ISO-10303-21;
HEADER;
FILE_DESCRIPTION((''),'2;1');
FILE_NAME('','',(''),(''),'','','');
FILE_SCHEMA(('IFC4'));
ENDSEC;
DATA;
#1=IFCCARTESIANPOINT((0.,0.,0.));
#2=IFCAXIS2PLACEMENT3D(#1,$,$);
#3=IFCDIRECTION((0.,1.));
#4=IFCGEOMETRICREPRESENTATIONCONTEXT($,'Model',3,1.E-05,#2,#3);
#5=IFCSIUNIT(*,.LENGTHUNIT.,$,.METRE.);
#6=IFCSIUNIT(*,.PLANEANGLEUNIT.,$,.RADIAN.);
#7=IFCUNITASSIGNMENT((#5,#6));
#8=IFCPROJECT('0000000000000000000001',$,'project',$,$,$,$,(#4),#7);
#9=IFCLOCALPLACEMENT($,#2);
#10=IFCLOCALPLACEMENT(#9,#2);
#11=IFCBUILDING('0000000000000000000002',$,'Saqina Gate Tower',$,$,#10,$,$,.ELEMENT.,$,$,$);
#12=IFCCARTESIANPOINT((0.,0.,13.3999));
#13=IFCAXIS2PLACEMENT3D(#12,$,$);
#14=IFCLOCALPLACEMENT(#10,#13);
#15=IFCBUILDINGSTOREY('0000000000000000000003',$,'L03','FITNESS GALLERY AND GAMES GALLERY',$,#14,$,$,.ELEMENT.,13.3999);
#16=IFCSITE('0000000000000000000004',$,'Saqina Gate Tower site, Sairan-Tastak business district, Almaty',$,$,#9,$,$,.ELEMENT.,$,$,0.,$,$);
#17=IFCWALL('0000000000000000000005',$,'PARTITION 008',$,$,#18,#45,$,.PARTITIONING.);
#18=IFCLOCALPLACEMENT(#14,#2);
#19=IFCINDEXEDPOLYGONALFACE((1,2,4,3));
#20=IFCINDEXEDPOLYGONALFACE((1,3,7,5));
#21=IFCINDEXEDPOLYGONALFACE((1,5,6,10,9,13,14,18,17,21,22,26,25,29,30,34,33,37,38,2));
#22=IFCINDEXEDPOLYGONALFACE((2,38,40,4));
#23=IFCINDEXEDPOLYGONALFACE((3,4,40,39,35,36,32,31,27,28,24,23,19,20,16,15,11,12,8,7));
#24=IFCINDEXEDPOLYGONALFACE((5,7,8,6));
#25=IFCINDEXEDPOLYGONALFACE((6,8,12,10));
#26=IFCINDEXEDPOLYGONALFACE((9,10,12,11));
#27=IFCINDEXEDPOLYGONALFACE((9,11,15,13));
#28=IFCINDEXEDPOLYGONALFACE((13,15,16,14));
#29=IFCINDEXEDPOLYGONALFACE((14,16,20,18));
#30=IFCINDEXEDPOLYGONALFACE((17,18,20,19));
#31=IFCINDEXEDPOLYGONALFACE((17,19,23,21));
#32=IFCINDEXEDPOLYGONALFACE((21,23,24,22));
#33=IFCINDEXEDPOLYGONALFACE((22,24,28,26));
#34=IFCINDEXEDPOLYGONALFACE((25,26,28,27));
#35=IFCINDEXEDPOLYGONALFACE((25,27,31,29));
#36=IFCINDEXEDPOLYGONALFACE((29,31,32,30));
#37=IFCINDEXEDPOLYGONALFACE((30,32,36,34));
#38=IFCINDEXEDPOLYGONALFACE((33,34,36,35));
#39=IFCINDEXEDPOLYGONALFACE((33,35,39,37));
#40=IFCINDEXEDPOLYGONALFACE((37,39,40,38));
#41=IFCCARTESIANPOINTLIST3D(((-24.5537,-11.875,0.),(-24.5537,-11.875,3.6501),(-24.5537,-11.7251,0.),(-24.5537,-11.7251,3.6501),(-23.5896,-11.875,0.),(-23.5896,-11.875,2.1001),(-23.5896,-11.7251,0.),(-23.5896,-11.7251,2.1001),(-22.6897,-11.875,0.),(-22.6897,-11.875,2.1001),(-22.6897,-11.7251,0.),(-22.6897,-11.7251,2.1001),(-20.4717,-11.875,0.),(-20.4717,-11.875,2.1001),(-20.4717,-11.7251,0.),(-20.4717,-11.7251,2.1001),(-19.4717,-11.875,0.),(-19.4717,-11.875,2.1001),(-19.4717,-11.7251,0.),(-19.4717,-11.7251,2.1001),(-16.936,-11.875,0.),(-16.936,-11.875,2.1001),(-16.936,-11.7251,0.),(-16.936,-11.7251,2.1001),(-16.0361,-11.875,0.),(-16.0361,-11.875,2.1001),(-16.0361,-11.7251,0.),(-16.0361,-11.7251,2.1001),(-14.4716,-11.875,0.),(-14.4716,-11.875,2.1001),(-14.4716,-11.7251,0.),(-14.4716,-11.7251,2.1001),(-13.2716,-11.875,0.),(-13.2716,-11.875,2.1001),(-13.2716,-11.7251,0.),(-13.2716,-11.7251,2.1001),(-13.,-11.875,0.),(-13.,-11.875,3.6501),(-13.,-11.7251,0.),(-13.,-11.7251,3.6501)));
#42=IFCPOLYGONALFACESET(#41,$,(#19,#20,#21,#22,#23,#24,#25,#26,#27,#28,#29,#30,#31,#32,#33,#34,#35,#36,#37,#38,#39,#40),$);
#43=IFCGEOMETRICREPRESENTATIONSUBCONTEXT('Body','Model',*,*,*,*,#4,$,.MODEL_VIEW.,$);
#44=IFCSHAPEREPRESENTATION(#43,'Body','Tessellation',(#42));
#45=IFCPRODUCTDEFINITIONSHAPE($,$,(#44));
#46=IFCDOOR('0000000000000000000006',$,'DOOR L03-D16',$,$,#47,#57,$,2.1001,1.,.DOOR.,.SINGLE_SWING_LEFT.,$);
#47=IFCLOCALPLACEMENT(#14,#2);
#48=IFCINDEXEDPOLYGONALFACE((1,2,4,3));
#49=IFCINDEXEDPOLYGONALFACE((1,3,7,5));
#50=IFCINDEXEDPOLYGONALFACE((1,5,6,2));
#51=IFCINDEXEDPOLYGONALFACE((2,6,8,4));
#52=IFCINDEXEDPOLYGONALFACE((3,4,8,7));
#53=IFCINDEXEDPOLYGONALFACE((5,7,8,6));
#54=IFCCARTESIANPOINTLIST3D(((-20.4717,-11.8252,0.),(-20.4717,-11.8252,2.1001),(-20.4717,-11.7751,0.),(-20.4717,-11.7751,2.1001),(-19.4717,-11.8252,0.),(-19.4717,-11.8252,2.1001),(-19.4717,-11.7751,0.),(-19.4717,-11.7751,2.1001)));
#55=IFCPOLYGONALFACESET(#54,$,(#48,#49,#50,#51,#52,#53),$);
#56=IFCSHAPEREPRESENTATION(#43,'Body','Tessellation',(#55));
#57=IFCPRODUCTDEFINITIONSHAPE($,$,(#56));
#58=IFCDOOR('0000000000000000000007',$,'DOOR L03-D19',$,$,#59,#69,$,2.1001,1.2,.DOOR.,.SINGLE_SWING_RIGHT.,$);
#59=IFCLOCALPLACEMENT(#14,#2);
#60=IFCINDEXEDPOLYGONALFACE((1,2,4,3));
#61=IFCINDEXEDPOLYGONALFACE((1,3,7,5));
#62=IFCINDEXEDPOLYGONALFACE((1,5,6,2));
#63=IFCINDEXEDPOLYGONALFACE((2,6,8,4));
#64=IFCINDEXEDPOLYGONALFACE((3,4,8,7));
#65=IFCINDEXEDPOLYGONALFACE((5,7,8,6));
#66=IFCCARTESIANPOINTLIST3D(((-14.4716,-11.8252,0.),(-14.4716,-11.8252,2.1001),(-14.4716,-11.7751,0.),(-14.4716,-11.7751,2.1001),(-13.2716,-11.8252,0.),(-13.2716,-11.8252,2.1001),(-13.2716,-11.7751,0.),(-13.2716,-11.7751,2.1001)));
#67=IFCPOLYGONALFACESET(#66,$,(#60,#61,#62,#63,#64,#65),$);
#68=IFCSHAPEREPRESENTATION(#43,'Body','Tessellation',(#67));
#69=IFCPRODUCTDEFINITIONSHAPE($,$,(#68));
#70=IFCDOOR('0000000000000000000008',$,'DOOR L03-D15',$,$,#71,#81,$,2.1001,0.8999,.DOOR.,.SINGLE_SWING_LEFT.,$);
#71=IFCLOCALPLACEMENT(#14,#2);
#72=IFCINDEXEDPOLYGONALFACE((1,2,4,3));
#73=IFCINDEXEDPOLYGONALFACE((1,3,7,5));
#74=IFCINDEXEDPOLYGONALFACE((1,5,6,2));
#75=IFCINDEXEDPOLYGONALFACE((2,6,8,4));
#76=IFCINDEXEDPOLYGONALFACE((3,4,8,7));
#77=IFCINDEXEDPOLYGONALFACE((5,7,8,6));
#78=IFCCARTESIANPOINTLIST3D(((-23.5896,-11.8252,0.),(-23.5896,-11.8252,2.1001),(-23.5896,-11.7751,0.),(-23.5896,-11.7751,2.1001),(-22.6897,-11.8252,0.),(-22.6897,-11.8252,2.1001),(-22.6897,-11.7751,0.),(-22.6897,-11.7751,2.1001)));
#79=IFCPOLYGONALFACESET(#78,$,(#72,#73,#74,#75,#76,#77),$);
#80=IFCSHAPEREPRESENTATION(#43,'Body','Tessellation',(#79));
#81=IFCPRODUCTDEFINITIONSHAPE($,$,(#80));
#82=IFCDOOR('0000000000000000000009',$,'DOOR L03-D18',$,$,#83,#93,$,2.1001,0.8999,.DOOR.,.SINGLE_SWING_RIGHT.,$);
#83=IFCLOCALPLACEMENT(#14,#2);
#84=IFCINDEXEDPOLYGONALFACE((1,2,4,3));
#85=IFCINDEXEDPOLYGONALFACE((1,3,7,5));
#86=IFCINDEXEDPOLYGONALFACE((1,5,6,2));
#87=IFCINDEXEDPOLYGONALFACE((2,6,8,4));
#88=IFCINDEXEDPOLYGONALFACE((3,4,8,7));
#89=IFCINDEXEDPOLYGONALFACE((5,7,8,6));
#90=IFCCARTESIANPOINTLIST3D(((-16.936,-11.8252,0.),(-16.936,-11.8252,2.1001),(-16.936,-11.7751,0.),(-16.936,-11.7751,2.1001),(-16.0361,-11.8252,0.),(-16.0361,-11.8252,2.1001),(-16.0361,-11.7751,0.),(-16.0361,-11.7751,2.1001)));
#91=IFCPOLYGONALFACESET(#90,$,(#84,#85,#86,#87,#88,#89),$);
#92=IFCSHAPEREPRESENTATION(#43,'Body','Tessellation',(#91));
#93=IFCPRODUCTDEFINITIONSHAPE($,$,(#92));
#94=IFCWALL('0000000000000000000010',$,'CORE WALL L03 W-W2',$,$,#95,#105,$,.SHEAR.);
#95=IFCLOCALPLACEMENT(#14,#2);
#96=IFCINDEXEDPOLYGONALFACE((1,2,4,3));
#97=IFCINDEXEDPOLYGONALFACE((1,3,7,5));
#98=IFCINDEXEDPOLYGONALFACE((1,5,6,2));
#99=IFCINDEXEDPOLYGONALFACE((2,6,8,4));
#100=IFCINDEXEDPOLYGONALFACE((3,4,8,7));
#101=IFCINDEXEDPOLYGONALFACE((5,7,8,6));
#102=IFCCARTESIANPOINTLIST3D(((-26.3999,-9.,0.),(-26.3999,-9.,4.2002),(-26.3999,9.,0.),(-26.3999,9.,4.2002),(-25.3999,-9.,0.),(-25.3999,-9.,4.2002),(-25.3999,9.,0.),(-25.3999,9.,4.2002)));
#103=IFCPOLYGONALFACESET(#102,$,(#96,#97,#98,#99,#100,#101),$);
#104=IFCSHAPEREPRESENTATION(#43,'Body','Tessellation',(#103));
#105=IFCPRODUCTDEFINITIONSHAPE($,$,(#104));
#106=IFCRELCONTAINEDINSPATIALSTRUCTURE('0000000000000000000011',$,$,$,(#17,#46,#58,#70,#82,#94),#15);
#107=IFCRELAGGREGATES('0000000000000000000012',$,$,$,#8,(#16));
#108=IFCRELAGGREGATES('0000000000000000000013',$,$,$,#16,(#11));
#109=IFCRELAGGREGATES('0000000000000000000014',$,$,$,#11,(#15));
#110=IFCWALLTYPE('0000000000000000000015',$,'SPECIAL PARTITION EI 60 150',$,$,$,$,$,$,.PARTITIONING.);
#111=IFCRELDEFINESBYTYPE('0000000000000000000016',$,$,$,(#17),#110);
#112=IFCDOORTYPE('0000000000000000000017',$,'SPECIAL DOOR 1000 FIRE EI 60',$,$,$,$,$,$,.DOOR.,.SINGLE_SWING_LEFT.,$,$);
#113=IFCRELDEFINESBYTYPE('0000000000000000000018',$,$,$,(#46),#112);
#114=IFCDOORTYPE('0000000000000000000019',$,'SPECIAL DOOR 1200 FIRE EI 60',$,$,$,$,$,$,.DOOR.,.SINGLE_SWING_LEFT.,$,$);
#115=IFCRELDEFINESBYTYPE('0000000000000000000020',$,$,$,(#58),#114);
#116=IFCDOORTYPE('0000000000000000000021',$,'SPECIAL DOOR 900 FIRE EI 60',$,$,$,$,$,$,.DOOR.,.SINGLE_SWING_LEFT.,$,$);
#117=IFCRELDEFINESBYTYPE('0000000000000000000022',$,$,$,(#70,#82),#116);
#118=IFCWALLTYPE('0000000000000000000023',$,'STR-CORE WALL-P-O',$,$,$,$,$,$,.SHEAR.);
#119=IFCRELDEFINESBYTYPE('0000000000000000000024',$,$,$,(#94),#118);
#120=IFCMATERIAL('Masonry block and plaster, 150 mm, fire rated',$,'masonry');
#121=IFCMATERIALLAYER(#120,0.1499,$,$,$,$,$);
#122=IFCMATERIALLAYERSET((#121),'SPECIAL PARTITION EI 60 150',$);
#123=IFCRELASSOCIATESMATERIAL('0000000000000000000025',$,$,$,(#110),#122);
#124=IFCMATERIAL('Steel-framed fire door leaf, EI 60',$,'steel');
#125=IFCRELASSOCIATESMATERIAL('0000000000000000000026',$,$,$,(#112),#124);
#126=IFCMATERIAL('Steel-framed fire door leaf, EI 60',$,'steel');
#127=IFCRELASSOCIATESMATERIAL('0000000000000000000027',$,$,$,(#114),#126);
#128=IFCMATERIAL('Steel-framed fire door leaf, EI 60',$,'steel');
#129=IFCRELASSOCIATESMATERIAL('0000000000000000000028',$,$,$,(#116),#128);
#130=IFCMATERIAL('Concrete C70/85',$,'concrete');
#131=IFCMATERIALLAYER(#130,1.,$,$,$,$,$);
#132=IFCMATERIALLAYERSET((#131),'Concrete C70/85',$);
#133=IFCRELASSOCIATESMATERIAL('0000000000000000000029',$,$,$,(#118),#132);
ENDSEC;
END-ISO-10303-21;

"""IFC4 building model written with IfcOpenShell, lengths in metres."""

from ifc_helpers import new_model, si_unit, direction, frame, frame_2d, origin, place, context, subcontext, project, spatial, rectangle, extrude, material, layer, layer_set, type_object, element, fill, save


model = new_model("IFC4")

# Units and contexts
model_context = context("Model", 3, precision=1e-05, world=origin(), true_north=direction((0.0, 1.0)))
body_context = subcontext(model_context, "Body", "Model", "MODEL_VIEW")
ifc_project = project(units=[si_unit("LENGTHUNIT", "METRE"), si_unit("PLANEANGLEUNIT", "RADIAN")], contexts=[model_context])

# Site, building, storey
site_placement = place(None, origin())
site = spatial("IfcSite", under=ifc_project, at=site_placement, Name="Saqina Gate Tower site, Sairan-Tastak business district, Almaty", CompositionType="ELEMENT", RefElevation=0.0)
building_placement = place(site_placement, origin())
building = spatial("IfcBuilding", under=site, at=building_placement, Name="Saqina Gate Tower", CompositionType="ELEMENT")
storey_placement = place(building_placement, frame((0.0, 0.0, 13.3999)))
storey = spatial("IfcBuildingStorey", under=building, at=storey_placement, Name="L03", Description="FITNESS GALLERY AND GAMES GALLERY", CompositionType="ELEMENT", Elevation=13.3999)

# Wall, openings, doors
ifc_material_1 = material(Name="Masonry block and plaster, 150 mm, fire rated", Category="masonry")
ifc_layer_1 = layer(ifc_material_1, 0.1499)
ifc_layer_set_1 = layer_set([ifc_layer_1], Name="SPECIAL PARTITION EI 60 150")
wall_type_1 = type_object("IfcWallType", Name="SPECIAL PARTITION EI 60 150", PredefinedType="PARTITIONING", material=ifc_layer_set_1)
wall_1_placement = place(storey_placement, frame((-24.5537, -11.8, 0.0), z_axis=(0.0, 0.0, 1.0), x_axis=(1.0, 0.0, 0.0)))
wall_1 = element("IfcWall", 1, at=wall_1_placement, inside=storey, type_object=wall_type_1, Name="PARTITION 008", PredefinedType="PARTITIONING", context=body_context, shape_type="SweptSolid", body=[
    extrude(rectangle(XDim=11.5537, YDim=0.1499, at=frame_2d((5.7769, 0.0))), origin(), (0.0, 0.0, 1.0), 3.6501),
])
opening_1_placement = place(wall_1_placement, frame((0.9641, 0.0, 0.0)))
opening_1 = element("IfcOpeningElement", 2, at=opening_1_placement, cuts=wall_1, PredefinedType="OPENING", context=body_context, shape_type="SweptSolid", body=[
    extrude(rectangle(XDim=0.8999, YDim=2.1001, at=frame_2d((0.45, 1.05))), frame((0.0, 0.0869, 0.0), z_axis=(0.0, -1.0, 0.0), x_axis=(1.0, 0.0, 0.0)), (0.0, 0.0, 1.0), 0.1738),
])
opening_2_placement = place(wall_1_placement, frame((4.082, 0.0, 0.0)))
opening_2 = element("IfcOpeningElement", 3, at=opening_2_placement, cuts=wall_1, PredefinedType="OPENING", context=body_context, shape_type="SweptSolid", body=[
    extrude(rectangle(XDim=1.0, YDim=2.1001, at=frame_2d((0.5, 1.05))), frame((0.0, 0.0869, 0.0), z_axis=(0.0, -1.0, 0.0), x_axis=(1.0, 0.0, 0.0)), (0.0, 0.0, 1.0), 0.1738),
])
opening_3_placement = place(wall_1_placement, frame((7.6177, 0.0, 0.0)))
opening_3 = element("IfcOpeningElement", 4, at=opening_3_placement, cuts=wall_1, PredefinedType="OPENING", context=body_context, shape_type="SweptSolid", body=[
    extrude(rectangle(XDim=0.8999, YDim=2.1001, at=frame_2d((0.45, 1.05))), frame((0.0, 0.0869, 0.0), z_axis=(0.0, -1.0, 0.0), x_axis=(1.0, 0.0, 0.0)), (0.0, 0.0, 1.0), 0.1738),
])
opening_4_placement = place(wall_1_placement, frame((10.082, 0.0, 0.0)))
opening_4 = element("IfcOpeningElement", 5, at=opening_4_placement, cuts=wall_1, PredefinedType="OPENING", context=body_context, shape_type="SweptSolid", body=[
    extrude(rectangle(XDim=1.2, YDim=2.1001, at=frame_2d((0.6001, 1.05))), frame((0.0, 0.0869, 0.0), z_axis=(0.0, -1.0, 0.0), x_axis=(1.0, 0.0, 0.0)), (0.0, 0.0, 1.0), 0.1738),
])
ifc_material_2 = material(Name="Steel-framed fire door leaf, EI 60", Category="steel")
door_type_1 = type_object("IfcDoorType", Name="SPECIAL DOOR 1000 FIRE EI 60", OperationType="SINGLE_SWING_LEFT", PredefinedType="DOOR", material=ifc_material_2)
door_1_placement = place(opening_2_placement, origin())
door_1 = element("IfcDoor", 6, at=door_1_placement, inside=storey, type_object=door_type_1, Name="DOOR L03-D16", OperationType="SINGLE_SWING_LEFT", OverallHeight=2.1001, OverallWidth=1.0, PredefinedType="DOOR", context=body_context, shape_type="SweptSolid", body=[
    extrude(rectangle(XDim=1.0, YDim=2.1001, at=frame_2d((0.5, 1.05))), frame((0.0, 0.0249, 0.0), z_axis=(0.0, -1.0, 0.0), x_axis=(1.0, 0.0, 0.0)), (0.0, 0.0, 1.0), 0.05),
])
fill(opening_2, door_1)
ifc_material_3 = material(Name="Steel-framed fire door leaf, EI 60", Category="steel")
door_type_2 = type_object("IfcDoorType", Name="SPECIAL DOOR 1200 FIRE EI 60", OperationType="SINGLE_SWING_LEFT", PredefinedType="DOOR", material=ifc_material_3)
door_2_placement = place(opening_4_placement, origin())
door_2 = element("IfcDoor", 7, at=door_2_placement, inside=storey, type_object=door_type_2, Name="DOOR L03-D19", OperationType="SINGLE_SWING_RIGHT", OverallHeight=2.1001, OverallWidth=1.2, PredefinedType="DOOR", context=body_context, shape_type="SweptSolid", body=[
    extrude(rectangle(XDim=1.2, YDim=2.1001, at=frame_2d((0.6001, 1.05))), frame((0.0, 0.0249, 0.0), z_axis=(0.0, -1.0, 0.0), x_axis=(1.0, 0.0, 0.0)), (0.0, 0.0, 1.0), 0.05),
])
fill(opening_4, door_2)
ifc_material_4 = material(Name="Steel-framed fire door leaf, EI 60", Category="steel")
door_type_3 = type_object("IfcDoorType", Name="SPECIAL DOOR 900 FIRE EI 60", OperationType="SINGLE_SWING_LEFT", PredefinedType="DOOR", material=ifc_material_4)
door_3_placement = place(opening_1_placement, origin())
door_3 = element("IfcDoor", 8, at=door_3_placement, inside=storey, type_object=door_type_3, Name="DOOR L03-D15", OperationType="SINGLE_SWING_LEFT", OverallHeight=2.1001, OverallWidth=0.8999, PredefinedType="DOOR", context=body_context, shape_type="SweptSolid", body=[
    extrude(rectangle(XDim=0.8999, YDim=2.1001, at=frame_2d((0.45, 1.05))), frame((0.0, 0.0249, 0.0), z_axis=(0.0, -1.0, 0.0), x_axis=(1.0, 0.0, 0.0)), (0.0, 0.0, 1.0), 0.05),
])
fill(opening_1, door_3)
door_4_placement = place(opening_3_placement, origin())
door_4 = element("IfcDoor", 9, at=door_4_placement, inside=storey, type_object=door_type_3, Name="DOOR L03-D18", OperationType="SINGLE_SWING_RIGHT", OverallHeight=2.1001, OverallWidth=0.8999, PredefinedType="DOOR", context=body_context, shape_type="SweptSolid", body=[
    extrude(rectangle(XDim=0.8999, YDim=2.1001, at=frame_2d((0.45, 1.05))), frame((0.0, 0.0249, 0.0), z_axis=(0.0, -1.0, 0.0), x_axis=(1.0, 0.0, 0.0)), (0.0, 0.0, 1.0), 0.05),
])
fill(opening_3, door_4)

# Wall
ifc_material_5 = material(Name="Concrete C70/85", Category="concrete")
ifc_layer_2 = layer(ifc_material_5, 1.0)
ifc_layer_set_2 = layer_set([ifc_layer_2], Name="Concrete C70/85")
wall_type_2 = type_object("IfcWallType", Name="STR-CORE WALL-P-O", PredefinedType="SHEAR", material=ifc_layer_set_2)
wall_2_placement = place(storey_placement, frame((-25.8999, -9.0, 0.0), z_axis=(0.0, 0.0, 1.0), x_axis=(0.0, 1.0, 0.0)))
element("IfcWall", 10, at=wall_2_placement, inside=storey, type_object=wall_type_2, Name="CORE WALL L03 W-W2", PredefinedType="SHEAR", context=body_context, shape_type="SweptSolid", body=[
    extrude(rectangle(XDim=18.0, YDim=1.0, at=frame_2d((9.0, 0.0))), origin(), (0.0, 0.0, 1.0), 4.2002),
])

save(model, "model.ifc")
